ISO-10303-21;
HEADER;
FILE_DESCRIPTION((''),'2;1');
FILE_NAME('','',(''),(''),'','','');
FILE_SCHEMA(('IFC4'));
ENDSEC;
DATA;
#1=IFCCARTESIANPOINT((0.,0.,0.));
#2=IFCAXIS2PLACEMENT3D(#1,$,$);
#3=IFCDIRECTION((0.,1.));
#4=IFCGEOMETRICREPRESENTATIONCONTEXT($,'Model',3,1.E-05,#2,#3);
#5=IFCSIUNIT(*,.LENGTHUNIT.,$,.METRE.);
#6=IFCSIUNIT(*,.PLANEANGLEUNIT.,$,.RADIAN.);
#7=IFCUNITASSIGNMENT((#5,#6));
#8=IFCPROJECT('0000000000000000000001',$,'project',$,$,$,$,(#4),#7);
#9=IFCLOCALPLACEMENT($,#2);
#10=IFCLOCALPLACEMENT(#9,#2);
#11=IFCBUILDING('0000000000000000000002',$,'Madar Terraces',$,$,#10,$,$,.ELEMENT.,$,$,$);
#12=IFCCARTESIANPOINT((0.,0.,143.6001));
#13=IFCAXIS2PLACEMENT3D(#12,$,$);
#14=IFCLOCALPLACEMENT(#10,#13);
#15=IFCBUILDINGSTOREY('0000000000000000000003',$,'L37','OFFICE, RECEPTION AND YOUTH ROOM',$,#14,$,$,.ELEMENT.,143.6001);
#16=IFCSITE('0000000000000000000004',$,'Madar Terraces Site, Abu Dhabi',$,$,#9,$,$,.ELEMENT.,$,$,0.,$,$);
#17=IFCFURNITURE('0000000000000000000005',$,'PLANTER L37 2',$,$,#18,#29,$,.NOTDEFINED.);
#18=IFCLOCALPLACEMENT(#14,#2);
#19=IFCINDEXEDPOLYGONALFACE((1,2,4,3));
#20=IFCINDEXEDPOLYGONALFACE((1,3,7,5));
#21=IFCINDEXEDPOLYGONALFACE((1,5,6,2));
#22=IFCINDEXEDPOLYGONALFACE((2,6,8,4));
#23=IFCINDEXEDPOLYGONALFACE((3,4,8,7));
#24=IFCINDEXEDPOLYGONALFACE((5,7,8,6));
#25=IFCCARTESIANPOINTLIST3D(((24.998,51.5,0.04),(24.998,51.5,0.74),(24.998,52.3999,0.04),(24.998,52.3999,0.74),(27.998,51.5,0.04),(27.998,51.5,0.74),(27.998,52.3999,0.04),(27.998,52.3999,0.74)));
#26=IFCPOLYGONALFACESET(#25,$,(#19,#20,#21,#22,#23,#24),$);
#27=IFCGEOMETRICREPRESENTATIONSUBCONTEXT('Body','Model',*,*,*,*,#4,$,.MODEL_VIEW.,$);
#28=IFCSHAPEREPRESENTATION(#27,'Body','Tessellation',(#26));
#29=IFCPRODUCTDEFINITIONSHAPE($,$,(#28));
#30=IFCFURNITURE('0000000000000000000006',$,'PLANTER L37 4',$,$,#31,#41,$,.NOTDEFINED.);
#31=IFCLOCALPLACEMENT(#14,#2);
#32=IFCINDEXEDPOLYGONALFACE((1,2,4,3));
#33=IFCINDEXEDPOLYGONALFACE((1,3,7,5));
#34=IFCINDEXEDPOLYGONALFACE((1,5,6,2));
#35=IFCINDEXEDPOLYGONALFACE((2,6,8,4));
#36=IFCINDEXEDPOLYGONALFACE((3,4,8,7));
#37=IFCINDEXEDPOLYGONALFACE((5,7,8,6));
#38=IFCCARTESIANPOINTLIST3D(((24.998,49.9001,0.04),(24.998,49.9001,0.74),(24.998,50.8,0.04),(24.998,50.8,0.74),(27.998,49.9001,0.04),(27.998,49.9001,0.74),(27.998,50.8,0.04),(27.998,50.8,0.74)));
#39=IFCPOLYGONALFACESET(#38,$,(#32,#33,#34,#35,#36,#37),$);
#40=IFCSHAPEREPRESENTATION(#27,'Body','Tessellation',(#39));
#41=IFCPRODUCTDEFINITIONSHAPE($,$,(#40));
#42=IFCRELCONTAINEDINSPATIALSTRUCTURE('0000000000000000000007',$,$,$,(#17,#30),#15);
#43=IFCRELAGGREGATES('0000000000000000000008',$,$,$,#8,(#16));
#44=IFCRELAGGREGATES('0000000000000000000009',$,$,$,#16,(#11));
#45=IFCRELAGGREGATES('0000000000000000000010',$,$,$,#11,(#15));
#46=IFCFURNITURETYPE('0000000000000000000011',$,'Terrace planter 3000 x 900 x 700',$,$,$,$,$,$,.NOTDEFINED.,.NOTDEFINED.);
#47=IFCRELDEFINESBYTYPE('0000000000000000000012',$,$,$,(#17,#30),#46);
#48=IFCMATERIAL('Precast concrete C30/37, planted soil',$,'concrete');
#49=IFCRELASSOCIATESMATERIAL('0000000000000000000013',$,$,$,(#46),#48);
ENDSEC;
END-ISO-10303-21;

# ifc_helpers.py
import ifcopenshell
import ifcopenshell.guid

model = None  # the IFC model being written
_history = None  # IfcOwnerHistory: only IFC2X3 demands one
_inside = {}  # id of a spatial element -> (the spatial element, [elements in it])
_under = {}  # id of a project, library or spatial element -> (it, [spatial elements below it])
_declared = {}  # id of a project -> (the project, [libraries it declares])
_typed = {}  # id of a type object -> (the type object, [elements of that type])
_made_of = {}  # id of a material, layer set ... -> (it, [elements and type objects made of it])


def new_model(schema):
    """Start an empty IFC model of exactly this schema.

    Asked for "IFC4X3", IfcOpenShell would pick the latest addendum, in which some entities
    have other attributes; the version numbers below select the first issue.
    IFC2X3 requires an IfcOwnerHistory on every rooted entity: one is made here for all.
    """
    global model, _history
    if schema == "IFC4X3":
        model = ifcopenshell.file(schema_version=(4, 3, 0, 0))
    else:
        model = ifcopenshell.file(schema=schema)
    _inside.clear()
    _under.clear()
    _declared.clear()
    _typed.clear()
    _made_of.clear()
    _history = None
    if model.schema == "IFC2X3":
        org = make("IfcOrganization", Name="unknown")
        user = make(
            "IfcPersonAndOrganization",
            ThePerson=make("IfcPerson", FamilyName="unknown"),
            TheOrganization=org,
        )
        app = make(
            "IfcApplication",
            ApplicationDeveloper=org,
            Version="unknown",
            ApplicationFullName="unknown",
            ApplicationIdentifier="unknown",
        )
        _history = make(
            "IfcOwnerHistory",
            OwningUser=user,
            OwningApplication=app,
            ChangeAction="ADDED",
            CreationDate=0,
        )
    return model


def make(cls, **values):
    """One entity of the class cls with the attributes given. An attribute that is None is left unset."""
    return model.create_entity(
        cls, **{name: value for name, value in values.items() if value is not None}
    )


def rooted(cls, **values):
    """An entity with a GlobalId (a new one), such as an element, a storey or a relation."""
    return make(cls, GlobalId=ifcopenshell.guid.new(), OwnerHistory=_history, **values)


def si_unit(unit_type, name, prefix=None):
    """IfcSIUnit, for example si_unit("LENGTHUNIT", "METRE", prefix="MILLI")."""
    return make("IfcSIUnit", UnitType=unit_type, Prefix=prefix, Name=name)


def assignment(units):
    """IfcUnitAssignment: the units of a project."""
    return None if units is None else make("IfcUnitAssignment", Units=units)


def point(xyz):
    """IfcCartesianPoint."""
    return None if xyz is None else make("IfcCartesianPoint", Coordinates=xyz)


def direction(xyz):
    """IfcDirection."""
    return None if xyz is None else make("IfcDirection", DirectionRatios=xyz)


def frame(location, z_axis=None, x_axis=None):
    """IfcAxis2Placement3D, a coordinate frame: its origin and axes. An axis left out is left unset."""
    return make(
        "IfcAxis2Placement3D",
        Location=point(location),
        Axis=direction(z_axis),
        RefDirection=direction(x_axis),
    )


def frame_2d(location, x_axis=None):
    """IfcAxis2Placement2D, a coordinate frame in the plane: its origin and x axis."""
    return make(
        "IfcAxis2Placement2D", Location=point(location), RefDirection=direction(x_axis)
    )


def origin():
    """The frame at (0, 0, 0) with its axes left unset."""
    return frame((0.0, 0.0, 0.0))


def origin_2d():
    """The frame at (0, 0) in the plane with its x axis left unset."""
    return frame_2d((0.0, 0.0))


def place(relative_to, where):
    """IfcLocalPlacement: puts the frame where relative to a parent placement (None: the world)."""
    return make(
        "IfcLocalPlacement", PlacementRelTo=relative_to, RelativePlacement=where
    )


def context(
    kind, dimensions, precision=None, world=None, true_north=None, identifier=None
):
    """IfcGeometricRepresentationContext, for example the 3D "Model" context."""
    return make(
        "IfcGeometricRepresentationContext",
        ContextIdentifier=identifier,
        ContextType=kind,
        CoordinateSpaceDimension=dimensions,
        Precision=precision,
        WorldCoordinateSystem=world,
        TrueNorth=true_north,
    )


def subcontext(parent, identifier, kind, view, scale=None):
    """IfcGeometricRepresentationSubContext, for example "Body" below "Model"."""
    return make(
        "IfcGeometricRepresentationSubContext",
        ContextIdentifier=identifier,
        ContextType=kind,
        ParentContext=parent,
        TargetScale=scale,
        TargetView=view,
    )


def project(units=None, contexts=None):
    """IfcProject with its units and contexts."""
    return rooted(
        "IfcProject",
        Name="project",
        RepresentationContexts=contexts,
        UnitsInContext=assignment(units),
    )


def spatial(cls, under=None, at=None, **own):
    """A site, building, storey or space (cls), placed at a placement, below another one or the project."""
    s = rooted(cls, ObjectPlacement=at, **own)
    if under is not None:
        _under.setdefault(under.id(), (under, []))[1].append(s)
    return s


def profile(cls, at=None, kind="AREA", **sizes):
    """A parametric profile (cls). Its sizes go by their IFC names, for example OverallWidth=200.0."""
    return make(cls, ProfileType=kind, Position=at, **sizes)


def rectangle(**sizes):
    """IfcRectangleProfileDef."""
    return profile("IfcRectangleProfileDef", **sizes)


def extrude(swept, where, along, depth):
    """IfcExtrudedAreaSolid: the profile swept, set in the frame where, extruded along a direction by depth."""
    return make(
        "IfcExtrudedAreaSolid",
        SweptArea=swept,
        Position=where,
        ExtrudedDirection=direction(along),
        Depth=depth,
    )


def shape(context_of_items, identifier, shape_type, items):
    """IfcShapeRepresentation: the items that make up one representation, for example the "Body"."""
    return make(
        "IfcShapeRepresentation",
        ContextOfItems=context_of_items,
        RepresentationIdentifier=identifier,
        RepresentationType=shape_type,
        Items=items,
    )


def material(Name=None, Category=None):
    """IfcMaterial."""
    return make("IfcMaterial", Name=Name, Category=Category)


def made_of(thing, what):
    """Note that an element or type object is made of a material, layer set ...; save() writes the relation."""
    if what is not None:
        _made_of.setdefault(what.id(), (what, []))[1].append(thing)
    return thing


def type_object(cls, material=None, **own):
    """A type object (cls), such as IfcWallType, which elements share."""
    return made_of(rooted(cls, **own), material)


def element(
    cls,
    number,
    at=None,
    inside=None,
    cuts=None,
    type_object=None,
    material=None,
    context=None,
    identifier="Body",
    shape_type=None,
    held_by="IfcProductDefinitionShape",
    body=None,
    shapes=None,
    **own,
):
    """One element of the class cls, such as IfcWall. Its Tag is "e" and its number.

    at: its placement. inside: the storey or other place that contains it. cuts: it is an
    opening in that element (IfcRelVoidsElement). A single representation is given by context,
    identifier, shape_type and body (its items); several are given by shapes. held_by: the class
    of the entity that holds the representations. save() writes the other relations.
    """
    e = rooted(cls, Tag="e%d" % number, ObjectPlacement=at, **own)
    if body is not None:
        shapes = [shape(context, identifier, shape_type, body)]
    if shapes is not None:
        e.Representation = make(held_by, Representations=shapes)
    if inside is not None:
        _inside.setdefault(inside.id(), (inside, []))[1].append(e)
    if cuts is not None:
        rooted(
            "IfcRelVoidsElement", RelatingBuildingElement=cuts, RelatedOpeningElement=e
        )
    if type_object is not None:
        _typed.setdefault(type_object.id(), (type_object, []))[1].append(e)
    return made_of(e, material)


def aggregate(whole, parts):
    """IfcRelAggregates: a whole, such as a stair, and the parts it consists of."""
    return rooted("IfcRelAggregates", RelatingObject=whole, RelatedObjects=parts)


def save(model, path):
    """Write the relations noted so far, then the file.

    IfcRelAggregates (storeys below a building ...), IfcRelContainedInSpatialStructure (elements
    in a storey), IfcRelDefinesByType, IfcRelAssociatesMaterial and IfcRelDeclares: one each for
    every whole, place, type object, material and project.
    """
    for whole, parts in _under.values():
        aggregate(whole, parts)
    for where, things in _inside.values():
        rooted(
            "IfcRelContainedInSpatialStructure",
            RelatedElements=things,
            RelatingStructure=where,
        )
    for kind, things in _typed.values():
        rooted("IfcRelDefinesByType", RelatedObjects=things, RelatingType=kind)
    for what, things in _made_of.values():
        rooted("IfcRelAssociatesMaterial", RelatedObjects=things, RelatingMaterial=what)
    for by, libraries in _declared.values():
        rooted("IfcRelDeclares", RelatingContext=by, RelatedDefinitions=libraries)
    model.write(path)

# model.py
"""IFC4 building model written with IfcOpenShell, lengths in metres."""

from ifc_helpers import new_model, si_unit, direction, frame, origin, origin_2d, place, context, subcontext, project, spatial, rectangle, extrude, material, type_object, element, save


model = new_model("IFC4")

# Units and contexts
model_context = context("Model", 3, precision=1e-05, world=origin(), true_north=direction((0.0, 1.0)))
body_context = subcontext(model_context, "Body", "Model", "MODEL_VIEW")
ifc_project = project(units=[si_unit("LENGTHUNIT", "METRE"), si_unit("PLANEANGLEUNIT", "RADIAN")], contexts=[model_context])

# Site, building, storey
site_placement = place(None, origin())
site = spatial("IfcSite", under=ifc_project, at=site_placement, Name="Madar Terraces Site, Abu Dhabi", CompositionType="ELEMENT", RefElevation=0.0)
building_placement = place(site_placement, origin())
building = spatial("IfcBuilding", under=site, at=building_placement, Name="Madar Terraces", CompositionType="ELEMENT")
storey_placement = place(building_placement, frame((0.0, 0.0, 143.6001)))
storey = spatial("IfcBuildingStorey", under=building, at=storey_placement, Name="L37", Description="OFFICE, RECEPTION AND YOUTH ROOM", CompositionType="ELEMENT", Elevation=143.6001)

# Furniture
ifc_material_1 = material(Name="Precast concrete C30/37, planted soil", Category="concrete")
furniture_type = type_object("IfcFurnitureType", Name="Terrace planter 3000 x 900 x 700", AssemblyPlace="NOTDEFINED", PredefinedType="NOTDEFINED", material=ifc_material_1)
for number, where, z_axis, x_axis, name in (
    (1, (26.498, 51.95, 0.04), (0.0, 0.0, 1.0), (-1.0, 0.0, 0.0), "PLANTER L37 2"),
    (2, (26.498, 50.3501, 0.04), (0.0, 0.0, 1.0), (-1.0, 0.0, 0.0), "PLANTER L37 4"),
):
    element("IfcFurniture", number, at=place(storey_placement, frame(where, z_axis=z_axis, x_axis=x_axis)), inside=storey, type_object=furniture_type, Name=name, PredefinedType="NOTDEFINED", context=body_context, shape_type="SweptSolid", body=[
        extrude(rectangle(XDim=3.0, YDim=0.8999, at=origin_2d()), origin(), (0.0, 0.0, 1.0), 0.7),
    ])

save(model, "model.ifc")
